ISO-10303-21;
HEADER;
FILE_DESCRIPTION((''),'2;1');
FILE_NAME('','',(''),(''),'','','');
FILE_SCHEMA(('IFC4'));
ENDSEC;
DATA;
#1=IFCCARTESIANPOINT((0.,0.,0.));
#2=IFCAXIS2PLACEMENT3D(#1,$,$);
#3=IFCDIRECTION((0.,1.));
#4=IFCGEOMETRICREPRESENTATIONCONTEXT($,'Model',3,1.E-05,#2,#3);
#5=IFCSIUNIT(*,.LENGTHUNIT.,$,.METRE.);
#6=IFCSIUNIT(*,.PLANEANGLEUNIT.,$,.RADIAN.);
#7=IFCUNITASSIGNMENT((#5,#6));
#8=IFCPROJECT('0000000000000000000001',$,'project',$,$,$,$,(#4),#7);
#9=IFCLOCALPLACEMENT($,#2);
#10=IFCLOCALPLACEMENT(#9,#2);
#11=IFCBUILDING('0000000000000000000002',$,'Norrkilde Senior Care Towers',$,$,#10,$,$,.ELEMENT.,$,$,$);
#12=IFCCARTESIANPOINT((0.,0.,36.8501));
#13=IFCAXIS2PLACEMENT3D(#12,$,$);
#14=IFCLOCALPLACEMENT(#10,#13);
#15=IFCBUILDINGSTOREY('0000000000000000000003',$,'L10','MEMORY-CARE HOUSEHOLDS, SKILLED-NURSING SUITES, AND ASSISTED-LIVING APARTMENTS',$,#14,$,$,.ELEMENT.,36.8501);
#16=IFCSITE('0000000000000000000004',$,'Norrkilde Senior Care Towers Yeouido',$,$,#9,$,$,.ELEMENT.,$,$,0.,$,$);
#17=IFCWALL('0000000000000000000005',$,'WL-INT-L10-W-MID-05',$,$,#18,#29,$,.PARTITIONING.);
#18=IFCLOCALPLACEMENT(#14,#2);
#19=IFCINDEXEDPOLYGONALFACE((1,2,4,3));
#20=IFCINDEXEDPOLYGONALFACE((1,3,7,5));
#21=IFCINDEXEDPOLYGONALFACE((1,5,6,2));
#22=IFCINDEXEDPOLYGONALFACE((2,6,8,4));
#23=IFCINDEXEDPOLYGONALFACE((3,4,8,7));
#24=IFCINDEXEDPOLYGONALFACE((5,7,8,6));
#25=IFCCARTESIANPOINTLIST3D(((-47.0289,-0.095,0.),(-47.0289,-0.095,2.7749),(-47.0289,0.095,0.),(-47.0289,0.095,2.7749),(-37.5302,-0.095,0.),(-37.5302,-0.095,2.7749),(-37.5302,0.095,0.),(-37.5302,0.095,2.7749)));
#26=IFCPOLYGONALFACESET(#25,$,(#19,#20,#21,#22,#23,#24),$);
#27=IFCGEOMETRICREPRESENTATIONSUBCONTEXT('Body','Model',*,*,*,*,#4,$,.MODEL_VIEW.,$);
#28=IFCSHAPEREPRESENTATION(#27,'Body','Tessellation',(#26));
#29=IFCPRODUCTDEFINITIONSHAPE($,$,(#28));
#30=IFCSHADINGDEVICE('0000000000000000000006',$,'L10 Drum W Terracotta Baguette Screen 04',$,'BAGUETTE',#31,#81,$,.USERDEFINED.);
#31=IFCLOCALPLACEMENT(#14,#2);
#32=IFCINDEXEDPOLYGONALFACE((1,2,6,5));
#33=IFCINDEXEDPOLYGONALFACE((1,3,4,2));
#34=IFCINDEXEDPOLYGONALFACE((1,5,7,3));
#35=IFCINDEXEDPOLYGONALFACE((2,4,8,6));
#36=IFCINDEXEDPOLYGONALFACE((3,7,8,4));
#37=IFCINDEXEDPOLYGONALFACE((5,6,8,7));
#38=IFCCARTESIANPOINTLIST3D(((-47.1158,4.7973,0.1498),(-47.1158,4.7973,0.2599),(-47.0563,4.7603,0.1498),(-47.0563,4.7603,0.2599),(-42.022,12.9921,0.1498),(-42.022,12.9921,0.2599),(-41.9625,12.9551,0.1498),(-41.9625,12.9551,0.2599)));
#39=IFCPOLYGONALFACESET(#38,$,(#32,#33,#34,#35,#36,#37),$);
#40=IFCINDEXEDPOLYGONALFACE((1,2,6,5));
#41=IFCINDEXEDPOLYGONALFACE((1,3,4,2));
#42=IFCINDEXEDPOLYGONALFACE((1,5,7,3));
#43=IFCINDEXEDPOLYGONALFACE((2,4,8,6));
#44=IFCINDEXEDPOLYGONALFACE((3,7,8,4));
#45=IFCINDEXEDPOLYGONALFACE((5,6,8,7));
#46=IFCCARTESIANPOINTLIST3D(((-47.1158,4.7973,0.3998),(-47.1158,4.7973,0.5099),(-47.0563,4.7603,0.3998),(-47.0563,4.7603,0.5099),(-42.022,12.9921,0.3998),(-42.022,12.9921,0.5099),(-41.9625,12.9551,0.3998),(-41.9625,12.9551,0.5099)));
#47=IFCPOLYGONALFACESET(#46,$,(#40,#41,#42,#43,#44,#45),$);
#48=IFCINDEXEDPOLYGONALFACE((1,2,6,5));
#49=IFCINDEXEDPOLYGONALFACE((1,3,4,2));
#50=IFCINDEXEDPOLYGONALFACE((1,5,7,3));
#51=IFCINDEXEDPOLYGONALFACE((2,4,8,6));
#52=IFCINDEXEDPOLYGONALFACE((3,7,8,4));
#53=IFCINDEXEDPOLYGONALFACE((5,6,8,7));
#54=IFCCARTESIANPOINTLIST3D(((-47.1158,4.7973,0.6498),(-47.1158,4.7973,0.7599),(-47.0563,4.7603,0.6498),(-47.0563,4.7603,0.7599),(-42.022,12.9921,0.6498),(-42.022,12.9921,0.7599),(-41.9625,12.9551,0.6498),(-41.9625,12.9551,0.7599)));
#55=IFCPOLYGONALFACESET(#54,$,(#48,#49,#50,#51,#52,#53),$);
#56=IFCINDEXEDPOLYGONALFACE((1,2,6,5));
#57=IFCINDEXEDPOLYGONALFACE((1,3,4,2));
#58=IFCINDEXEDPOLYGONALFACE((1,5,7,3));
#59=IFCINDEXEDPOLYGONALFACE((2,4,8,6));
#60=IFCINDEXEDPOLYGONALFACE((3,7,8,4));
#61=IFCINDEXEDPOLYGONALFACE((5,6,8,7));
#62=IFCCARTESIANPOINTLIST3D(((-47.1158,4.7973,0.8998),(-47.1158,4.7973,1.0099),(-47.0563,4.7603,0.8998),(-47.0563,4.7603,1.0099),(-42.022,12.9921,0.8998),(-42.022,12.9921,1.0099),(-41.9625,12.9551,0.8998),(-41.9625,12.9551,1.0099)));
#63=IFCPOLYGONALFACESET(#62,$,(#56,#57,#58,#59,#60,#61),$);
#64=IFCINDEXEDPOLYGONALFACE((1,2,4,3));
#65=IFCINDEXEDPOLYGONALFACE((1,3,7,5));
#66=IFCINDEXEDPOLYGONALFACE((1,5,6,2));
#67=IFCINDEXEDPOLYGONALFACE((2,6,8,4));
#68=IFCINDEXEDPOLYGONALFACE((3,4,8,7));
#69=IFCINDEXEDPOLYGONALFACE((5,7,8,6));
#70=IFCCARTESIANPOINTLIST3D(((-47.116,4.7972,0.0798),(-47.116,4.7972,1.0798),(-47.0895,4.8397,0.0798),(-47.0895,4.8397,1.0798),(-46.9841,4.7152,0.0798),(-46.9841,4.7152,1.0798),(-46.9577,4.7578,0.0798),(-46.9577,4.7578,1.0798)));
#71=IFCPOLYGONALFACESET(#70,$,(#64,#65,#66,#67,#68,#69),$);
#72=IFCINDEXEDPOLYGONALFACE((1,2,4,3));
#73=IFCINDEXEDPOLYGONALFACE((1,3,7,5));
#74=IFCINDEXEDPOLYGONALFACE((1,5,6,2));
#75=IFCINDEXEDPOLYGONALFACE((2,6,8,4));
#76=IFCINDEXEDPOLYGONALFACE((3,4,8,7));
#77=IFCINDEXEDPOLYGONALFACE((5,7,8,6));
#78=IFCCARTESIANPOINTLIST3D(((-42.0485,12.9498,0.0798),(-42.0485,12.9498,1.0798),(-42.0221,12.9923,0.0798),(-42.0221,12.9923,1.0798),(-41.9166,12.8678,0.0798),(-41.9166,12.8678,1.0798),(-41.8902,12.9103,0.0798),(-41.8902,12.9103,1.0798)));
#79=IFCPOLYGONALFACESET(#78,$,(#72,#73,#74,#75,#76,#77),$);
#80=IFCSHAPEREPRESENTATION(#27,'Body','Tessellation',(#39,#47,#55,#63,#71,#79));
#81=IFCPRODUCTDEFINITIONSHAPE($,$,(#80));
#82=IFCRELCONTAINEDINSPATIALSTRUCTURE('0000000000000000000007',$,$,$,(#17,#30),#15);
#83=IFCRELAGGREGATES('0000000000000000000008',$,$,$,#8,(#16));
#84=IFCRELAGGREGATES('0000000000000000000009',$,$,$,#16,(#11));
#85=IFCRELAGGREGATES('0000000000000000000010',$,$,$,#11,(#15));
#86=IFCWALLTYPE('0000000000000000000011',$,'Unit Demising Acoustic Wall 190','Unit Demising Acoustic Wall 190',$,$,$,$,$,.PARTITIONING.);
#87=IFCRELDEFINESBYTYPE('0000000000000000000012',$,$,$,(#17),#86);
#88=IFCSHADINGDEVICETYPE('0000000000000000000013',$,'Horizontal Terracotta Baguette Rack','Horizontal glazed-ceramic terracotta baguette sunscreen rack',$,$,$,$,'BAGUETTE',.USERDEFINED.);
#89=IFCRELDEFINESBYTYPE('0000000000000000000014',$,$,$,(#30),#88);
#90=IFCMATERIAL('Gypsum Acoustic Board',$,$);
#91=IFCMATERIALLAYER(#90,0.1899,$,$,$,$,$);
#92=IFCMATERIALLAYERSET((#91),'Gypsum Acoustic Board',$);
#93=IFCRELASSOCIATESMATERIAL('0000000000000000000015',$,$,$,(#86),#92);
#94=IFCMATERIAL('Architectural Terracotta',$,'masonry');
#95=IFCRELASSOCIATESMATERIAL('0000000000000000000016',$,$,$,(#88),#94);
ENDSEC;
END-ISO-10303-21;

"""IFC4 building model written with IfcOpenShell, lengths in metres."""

from ifc_helpers import new_model, si_unit, direction, frame, frame_2d, origin, origin_2d, place, context, subcontext, project, spatial, rectangle, extrude, source, transform, mapped, material, layer, layer_set, type_object, type_shapes, element, save


model = new_model("IFC4")

# Units and contexts
model_context = context("Model", 3, precision=1e-05, world=origin(), true_north=direction((0.0, 1.0)))
body_context = subcontext(model_context, "Body", "Model", "MODEL_VIEW")
ifc_project = project(units=[si_unit("LENGTHUNIT", "METRE"), si_unit("PLANEANGLEUNIT", "RADIAN")], contexts=[model_context])

# Site, building, storey
site_placement = place(None, origin())
site = spatial("IfcSite", under=ifc_project, at=site_placement, Name="Norrkilde Senior Care Towers Yeouido", CompositionType="ELEMENT", RefElevation=0.0)
building_placement = place(site_placement, origin())
building = spatial("IfcBuilding", under=site, at=building_placement, Name="Norrkilde Senior Care Towers", CompositionType="ELEMENT")
storey_placement = place(building_placement, frame((0.0, 0.0, 36.8501)))
storey = spatial("IfcBuildingStorey", under=building, at=storey_placement, Name="L10", Description="MEMORY-CARE HOUSEHOLDS, SKILLED-NURSING SUITES, AND ASSISTED-LIVING APARTMENTS", CompositionType="ELEMENT", Elevation=36.8501)

# Shared definitions
ifc_material_1 = material(Name="Gypsum Acoustic Board")

# Wall
ifc_layer_1 = layer(ifc_material_1, 0.1899)
ifc_layer_set_1 = layer_set([ifc_layer_1], Name="Gypsum Acoustic Board")
wall_type_1 = type_object("IfcWallType", Name="Unit Demising Acoustic Wall 190", Description="Unit Demising Acoustic Wall 190", PredefinedType="PARTITIONING", material=ifc_layer_set_1)
shared_shape_1 = source(origin(), body_context, "Body", "SweptSolid", [
    extrude(rectangle(XDim=9.4988, YDim=0.1899, at=frame_2d((4.7495, 0.0))), origin(), (0.0, 0.0, 1.0), 2.7749),
])
wall_1_placement = place(storey_placement, frame((-37.53, 0.0, 0.0), z_axis=(0.0, 0.0, 1.0), x_axis=(-1.0, 0.0, 0.0)))
element("IfcWall", 1, at=wall_1_placement, inside=storey, type_object=wall_type_1, Name="WL-INT-L10-W-MID-05", PredefinedType="PARTITIONING", context=body_context, shape_type="MappedRepresentation", body=[
    mapped(shared_shape_1, transform((0.0, 0.0, 0.0), x_axis=(1.0, 0.0, 0.0), y_axis=(0.0, 1.0, 0.0), z_axis=(0.0, 0.0, 1.0), scale=1.0)),
])

# Shading device
ifc_material_2 = material(Name="Architectural Terracotta", Category="masonry")
shading_device_type = type_object("IfcShadingDeviceType", Name="Horizontal Terracotta Baguette Rack", Description="Horizontal glazed-ceramic terracotta baguette sunscreen rack", ElementType="BAGUETTE", PredefinedType="USERDEFINED", material=ifc_material_2)
shared_shape_2 = source(origin(), body_context, "Body", "SweptSolid", [
    extrude(rectangle(XDim=0.0701, YDim=0.1101, at=origin_2d()), frame((0.0, 0.0901, 0.125), z_axis=(1.0, 0.0, 0.0), x_axis=(0.0, 1.0, 0.0)), (0.0, 0.0, 1.0), 9.6489),
    extrude(rectangle(XDim=0.0701, YDim=0.1101, at=origin_2d()), frame((0.0, 0.0901, 0.375), z_axis=(1.0, 0.0, 0.0), x_axis=(0.0, 1.0, 0.0)), (0.0, 0.0, 1.0), 9.6489),
    extrude(rectangle(XDim=0.0701, YDim=0.1101, at=origin_2d()), frame((0.0, 0.0901, 0.625), z_axis=(1.0, 0.0, 0.0), x_axis=(0.0, 1.0, 0.0)), (0.0, 0.0, 1.0), 9.6489),
    extrude(rectangle(XDim=0.0701, YDim=0.1101, at=origin_2d()), frame((0.0, 0.0901, 0.875), z_axis=(1.0, 0.0, 0.0), x_axis=(0.0, 1.0, 0.0)), (0.0, 0.0, 1.0), 9.6489),
    extrude(rectangle(XDim=0.05, YDim=0.1553, at=origin_2d()), frame((0.0249, 0.0476, 0.0)), (0.0, 0.0, 1.0), 1.0),
    extrude(rectangle(XDim=0.05, YDim=0.1553, at=origin_2d()), frame((9.624, 0.0476, 0.0)), (0.0, 0.0, 1.0), 1.0),
])
type_shapes(shading_device_type, [shared_shape_2])
shading_device_placement = place(storey_placement, frame((-47.0095, 4.7312, 0.0798), z_axis=(0.0, 0.0, 1.0), x_axis=(0.527909, 0.849299, 0.0)))
element("IfcShadingDevice", 2, at=shading_device_placement, inside=storey, type_object=shading_device_type, Name="L10 Drum W Terracotta Baguette Screen 04", ObjectType="BAGUETTE", PredefinedType="USERDEFINED", context=body_context, shape_type="MappedRepresentation", body=[
    mapped(shared_shape_2, transform((0.0, 0.0, 0.0), x_axis=(1.0, 0.0, 0.0), y_axis=(0.0, 1.0, 0.0), z_axis=(0.0, 0.0, 1.0), scale=1.0)),
])

save(model, "model.ifc")
